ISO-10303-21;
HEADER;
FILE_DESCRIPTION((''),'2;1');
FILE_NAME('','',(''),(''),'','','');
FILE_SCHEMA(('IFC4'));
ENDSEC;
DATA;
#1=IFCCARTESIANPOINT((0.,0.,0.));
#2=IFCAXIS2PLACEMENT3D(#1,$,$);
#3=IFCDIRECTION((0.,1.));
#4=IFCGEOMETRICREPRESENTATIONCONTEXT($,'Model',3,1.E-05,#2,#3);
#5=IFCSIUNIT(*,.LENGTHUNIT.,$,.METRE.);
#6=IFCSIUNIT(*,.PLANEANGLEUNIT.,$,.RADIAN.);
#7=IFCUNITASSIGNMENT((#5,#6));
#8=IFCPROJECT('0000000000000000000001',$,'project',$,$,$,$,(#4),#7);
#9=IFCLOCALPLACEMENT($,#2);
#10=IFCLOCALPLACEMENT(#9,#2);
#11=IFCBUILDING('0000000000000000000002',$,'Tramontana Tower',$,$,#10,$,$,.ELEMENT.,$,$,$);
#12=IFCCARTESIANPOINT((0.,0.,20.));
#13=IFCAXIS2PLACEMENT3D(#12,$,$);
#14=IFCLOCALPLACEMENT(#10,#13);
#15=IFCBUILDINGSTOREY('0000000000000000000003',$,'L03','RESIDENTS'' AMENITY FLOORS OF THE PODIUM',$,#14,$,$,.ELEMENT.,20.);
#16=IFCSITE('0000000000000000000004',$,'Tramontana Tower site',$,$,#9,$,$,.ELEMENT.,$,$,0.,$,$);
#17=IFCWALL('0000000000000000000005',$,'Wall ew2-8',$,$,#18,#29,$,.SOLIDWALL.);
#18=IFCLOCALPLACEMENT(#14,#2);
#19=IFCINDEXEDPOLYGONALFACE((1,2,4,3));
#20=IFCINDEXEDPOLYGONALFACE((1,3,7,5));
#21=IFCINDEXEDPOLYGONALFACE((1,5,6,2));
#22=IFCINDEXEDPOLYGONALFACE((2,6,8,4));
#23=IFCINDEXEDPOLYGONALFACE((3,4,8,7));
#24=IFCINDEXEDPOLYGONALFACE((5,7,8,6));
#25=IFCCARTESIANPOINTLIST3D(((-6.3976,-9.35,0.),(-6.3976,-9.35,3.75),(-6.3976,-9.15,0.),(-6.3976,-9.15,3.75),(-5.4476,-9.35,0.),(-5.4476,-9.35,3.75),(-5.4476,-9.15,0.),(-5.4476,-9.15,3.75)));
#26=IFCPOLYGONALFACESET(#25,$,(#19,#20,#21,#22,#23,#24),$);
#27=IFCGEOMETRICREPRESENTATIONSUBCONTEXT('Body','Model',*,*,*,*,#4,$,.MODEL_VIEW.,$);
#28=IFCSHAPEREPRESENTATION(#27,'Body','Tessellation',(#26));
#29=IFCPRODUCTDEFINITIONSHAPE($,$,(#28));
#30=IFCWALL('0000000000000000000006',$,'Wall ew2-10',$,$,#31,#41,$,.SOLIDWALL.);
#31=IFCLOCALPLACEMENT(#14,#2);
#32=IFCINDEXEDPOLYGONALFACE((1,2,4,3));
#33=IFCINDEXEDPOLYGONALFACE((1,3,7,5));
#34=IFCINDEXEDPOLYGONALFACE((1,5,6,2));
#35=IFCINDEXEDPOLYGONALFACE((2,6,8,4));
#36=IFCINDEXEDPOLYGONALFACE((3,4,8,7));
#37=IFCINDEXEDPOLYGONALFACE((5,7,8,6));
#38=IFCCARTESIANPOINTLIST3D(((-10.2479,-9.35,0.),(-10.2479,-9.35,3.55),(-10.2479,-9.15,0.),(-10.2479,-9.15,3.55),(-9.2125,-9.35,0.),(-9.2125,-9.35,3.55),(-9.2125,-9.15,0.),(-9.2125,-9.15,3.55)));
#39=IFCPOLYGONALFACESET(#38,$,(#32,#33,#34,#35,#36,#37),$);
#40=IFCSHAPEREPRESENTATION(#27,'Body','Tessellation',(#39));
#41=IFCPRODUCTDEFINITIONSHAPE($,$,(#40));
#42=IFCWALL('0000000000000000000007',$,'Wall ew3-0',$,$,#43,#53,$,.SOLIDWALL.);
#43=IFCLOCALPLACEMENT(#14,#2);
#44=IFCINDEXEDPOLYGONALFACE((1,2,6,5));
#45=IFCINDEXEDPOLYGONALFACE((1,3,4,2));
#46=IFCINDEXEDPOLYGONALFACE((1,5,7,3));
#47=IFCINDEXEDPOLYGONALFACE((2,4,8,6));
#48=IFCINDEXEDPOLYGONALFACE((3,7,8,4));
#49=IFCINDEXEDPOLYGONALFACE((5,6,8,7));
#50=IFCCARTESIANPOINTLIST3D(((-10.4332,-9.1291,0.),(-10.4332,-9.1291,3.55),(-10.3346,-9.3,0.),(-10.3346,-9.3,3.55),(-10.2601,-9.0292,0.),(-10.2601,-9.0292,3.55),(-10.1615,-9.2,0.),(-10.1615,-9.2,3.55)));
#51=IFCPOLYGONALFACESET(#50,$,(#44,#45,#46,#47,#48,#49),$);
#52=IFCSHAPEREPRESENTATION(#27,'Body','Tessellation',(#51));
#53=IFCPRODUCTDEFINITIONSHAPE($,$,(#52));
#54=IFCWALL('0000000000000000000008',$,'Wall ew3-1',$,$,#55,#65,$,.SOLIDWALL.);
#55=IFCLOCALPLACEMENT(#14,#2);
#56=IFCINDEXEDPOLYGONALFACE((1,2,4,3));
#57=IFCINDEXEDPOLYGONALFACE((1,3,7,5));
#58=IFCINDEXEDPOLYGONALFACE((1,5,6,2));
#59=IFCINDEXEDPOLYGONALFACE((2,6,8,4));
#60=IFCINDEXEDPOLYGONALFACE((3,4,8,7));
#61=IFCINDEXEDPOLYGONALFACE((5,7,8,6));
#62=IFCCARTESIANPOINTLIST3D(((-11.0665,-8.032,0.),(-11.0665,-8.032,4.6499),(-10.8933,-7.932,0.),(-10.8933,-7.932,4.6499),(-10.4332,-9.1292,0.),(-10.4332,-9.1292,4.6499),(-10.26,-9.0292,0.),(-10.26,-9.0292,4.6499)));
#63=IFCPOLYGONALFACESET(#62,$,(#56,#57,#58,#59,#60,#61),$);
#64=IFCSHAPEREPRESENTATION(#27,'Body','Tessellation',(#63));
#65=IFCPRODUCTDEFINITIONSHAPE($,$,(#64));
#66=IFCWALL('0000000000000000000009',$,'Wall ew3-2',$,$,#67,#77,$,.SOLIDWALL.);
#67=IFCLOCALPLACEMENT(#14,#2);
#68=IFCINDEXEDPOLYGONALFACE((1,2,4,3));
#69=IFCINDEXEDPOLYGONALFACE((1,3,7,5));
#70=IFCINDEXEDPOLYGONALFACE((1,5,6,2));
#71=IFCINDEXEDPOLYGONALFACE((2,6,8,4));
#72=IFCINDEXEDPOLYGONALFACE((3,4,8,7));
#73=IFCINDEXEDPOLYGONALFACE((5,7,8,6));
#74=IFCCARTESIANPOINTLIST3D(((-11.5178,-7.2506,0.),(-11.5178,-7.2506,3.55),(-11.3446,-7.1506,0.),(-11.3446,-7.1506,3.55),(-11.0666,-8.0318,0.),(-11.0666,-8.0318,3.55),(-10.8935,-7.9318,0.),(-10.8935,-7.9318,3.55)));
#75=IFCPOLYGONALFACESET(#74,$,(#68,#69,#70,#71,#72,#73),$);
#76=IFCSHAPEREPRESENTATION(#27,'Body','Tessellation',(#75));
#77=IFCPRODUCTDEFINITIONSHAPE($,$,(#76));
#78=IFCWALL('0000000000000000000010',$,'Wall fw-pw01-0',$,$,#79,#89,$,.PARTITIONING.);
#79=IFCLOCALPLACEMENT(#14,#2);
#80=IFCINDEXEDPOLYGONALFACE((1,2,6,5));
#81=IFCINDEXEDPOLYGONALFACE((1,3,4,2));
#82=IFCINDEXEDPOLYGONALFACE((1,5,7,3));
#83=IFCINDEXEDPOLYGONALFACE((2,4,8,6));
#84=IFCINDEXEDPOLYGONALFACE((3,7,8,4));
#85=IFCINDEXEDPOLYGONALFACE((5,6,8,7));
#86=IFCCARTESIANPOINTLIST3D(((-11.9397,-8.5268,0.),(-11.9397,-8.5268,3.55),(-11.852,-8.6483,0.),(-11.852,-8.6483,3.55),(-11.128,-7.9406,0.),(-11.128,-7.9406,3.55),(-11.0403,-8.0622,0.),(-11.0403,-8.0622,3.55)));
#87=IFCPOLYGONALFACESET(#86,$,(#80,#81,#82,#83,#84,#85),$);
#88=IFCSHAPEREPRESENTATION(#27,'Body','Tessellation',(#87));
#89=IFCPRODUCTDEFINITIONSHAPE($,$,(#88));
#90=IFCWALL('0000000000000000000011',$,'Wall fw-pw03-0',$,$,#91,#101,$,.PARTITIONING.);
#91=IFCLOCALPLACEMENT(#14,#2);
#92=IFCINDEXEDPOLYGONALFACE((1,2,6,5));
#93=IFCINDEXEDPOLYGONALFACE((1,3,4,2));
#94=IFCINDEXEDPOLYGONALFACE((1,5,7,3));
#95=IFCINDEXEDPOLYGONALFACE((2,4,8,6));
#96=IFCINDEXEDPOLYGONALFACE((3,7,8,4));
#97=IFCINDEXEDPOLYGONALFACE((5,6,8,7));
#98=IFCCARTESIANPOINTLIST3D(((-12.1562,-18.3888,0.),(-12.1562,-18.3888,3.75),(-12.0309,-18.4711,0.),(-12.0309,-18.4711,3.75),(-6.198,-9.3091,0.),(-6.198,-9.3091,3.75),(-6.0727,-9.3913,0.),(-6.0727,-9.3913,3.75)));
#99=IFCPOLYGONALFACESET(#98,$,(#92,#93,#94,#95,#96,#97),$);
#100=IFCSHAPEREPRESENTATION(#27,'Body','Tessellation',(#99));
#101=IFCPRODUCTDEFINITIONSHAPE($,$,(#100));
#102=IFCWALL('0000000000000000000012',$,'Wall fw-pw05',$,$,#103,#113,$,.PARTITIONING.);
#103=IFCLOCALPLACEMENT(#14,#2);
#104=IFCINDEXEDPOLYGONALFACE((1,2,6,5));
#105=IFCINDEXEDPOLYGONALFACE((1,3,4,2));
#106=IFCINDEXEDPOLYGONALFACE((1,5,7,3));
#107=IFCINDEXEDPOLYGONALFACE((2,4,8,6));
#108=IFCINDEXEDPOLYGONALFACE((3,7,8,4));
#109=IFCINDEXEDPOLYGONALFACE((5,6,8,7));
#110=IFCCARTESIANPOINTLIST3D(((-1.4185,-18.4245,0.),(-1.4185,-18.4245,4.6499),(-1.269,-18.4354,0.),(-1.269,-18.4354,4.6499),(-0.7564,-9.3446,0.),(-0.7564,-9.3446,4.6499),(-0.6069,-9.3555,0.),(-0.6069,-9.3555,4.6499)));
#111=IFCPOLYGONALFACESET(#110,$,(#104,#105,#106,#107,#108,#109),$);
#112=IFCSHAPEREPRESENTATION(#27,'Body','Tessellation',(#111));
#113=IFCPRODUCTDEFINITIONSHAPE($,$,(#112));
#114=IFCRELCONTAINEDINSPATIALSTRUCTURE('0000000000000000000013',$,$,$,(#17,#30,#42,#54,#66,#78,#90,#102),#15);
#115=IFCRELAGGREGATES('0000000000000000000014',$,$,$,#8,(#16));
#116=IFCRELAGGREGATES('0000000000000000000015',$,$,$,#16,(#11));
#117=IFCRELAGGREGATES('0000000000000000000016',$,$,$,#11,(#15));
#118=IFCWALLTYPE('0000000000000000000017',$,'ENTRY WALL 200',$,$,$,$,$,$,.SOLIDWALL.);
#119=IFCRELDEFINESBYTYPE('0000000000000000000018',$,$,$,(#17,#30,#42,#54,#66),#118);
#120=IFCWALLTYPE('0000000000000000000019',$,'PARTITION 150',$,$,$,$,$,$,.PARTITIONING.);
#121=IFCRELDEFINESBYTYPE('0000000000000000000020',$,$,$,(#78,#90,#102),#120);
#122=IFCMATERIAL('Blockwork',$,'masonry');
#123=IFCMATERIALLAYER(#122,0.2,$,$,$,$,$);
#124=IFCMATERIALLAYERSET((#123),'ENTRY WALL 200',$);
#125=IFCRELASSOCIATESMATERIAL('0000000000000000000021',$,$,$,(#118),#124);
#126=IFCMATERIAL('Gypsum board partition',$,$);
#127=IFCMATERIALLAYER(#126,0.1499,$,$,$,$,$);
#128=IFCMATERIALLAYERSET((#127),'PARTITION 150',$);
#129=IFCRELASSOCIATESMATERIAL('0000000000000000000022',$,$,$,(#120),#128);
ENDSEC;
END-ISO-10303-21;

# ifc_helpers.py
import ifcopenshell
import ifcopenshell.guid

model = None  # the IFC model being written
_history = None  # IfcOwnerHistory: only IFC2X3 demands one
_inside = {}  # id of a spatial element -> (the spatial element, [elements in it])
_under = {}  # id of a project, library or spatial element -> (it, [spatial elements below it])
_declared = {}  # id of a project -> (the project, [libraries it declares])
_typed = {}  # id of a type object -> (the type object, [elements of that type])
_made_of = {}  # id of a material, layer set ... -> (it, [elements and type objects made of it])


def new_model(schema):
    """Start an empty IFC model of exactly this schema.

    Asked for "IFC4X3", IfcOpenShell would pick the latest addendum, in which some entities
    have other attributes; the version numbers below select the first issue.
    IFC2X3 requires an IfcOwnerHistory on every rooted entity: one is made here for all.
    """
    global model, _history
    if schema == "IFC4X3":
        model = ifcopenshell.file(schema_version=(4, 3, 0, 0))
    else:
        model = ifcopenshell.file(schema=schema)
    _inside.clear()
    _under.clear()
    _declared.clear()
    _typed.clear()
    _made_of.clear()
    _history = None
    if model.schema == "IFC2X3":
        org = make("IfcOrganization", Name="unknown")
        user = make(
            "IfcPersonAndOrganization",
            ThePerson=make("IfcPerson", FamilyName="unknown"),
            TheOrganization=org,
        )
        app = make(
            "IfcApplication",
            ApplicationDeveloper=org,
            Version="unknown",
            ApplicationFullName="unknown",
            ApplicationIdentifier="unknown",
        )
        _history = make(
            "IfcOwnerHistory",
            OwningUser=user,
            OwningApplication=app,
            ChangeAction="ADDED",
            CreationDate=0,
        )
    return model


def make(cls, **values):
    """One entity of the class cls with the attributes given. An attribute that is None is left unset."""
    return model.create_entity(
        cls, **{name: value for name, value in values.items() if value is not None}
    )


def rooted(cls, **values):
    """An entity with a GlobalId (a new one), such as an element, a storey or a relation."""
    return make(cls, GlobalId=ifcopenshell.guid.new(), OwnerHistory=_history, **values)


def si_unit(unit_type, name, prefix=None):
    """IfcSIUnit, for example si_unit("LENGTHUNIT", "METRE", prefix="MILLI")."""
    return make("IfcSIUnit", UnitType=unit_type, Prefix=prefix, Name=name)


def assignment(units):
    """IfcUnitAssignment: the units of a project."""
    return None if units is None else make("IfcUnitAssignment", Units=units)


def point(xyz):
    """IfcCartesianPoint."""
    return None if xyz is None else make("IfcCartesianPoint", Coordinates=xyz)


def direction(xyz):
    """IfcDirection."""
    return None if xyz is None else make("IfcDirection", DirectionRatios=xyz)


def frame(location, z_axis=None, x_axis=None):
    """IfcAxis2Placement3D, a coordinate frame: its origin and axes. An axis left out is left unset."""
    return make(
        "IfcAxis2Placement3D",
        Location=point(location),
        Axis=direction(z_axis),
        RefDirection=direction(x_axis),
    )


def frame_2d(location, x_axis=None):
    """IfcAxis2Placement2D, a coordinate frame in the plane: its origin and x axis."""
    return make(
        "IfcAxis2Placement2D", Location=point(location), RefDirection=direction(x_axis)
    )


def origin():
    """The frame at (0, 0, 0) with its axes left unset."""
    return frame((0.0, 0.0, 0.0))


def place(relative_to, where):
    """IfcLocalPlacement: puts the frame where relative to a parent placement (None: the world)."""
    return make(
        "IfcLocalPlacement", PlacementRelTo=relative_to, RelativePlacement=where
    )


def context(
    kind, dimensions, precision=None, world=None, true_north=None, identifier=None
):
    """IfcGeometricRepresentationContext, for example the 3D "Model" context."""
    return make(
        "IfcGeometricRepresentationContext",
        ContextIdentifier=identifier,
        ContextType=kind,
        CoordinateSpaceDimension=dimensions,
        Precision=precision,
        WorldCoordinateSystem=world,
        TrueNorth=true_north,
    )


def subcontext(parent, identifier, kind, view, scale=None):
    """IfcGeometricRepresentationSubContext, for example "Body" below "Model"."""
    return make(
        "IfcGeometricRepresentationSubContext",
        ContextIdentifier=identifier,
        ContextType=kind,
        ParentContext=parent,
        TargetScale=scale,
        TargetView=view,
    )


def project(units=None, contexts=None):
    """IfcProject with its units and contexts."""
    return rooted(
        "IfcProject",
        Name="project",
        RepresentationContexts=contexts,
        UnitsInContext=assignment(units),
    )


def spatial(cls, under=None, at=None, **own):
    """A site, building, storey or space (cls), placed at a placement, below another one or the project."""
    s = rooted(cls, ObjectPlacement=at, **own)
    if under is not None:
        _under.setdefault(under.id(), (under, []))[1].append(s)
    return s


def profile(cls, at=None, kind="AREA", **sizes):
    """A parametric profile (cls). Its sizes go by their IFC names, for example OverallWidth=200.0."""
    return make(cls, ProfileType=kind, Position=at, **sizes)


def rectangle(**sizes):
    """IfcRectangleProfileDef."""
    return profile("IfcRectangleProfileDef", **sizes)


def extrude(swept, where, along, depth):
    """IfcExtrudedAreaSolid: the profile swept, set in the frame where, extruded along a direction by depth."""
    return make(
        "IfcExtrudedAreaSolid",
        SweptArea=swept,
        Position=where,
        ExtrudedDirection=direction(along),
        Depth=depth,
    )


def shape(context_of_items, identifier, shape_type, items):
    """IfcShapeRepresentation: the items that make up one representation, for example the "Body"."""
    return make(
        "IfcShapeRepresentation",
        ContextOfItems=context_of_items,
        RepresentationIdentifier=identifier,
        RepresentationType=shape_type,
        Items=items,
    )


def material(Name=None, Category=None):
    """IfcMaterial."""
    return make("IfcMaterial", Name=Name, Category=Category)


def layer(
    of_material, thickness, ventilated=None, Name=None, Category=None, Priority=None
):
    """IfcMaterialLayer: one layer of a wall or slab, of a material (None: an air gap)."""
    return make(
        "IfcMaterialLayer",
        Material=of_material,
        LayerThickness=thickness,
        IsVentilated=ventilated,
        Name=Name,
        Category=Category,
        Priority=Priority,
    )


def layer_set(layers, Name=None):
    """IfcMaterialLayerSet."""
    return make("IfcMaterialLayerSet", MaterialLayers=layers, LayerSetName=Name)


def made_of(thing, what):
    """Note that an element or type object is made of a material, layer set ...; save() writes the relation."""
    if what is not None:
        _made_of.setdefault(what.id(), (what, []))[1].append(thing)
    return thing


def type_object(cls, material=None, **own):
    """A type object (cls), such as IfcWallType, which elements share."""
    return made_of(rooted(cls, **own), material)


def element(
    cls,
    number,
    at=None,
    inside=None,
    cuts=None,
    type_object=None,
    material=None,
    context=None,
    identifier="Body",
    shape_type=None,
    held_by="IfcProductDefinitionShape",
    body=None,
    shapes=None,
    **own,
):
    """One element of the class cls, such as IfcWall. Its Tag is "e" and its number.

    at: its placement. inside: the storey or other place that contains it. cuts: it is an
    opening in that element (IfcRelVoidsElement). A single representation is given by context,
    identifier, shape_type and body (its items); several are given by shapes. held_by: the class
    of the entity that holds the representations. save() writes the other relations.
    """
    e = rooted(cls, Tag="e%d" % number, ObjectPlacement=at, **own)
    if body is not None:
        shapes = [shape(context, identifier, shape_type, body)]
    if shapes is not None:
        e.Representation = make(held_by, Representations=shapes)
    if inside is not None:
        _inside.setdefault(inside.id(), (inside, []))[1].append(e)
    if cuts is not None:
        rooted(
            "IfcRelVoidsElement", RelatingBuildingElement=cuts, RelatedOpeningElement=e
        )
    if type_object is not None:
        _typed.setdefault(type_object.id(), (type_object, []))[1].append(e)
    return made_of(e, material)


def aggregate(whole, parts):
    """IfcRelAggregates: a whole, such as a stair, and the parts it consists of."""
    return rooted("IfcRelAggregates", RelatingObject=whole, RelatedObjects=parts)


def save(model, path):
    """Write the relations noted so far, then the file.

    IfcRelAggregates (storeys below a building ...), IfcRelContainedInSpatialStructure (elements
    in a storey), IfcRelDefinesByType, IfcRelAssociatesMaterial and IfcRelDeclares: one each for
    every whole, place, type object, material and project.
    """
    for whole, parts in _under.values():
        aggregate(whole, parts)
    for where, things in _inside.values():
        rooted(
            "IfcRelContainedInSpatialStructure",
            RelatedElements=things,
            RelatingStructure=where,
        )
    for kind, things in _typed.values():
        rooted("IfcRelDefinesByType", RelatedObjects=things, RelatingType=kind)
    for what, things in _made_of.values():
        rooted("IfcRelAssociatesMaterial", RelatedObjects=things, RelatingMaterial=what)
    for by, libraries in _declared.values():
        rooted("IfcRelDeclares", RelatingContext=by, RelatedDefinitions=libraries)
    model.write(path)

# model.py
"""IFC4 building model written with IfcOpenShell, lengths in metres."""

from ifc_helpers import new_model, si_unit, direction, frame, frame_2d, origin, place, context, subcontext, project, spatial, rectangle, extrude, material, layer, layer_set, type_object, element, save


model = new_model("IFC4")

# Units and contexts
model_context = context("Model", 3, precision=1e-05, world=origin(), true_north=direction((0.0, 1.0)))
body_context = subcontext(model_context, "Body", "Model", "MODEL_VIEW")
ifc_project = project(units=[si_unit("LENGTHUNIT", "METRE"), si_unit("PLANEANGLEUNIT", "RADIAN")], contexts=[model_context])

# Site, building, storey
site_placement = place(None, origin())
site = spatial("IfcSite", under=ifc_project, at=site_placement, Name="Tramontana Tower site", CompositionType="ELEMENT", RefElevation=0.0)
building_placement = place(site_placement, origin())
building = spatial("IfcBuilding", under=site, at=building_placement, Name="Tramontana Tower", CompositionType="ELEMENT")
storey_placement = place(building_placement, frame((0.0, 0.0, 20.0)))
storey = spatial("IfcBuildingStorey", under=building, at=storey_placement, Name="L03", Description="RESIDENTS' AMENITY FLOORS OF THE PODIUM", CompositionType="ELEMENT", Elevation=20.0)

# Shared definitions
ifc_material_1 = material(Name="Blockwork", Category="masonry")
ifc_layer_1 = layer(ifc_material_1, 0.2)
ifc_layer_set_1 = layer_set([ifc_layer_1], Name="ENTRY WALL 200")
wall_type_1 = type_object("IfcWallType", Name="ENTRY WALL 200", PredefinedType="SOLIDWALL", material=ifc_layer_set_1)

# Wall
wall_1_placement = place(storey_placement, frame((-5.4475, -9.25, 0.0), z_axis=(0.0, 0.0, 1.0), x_axis=(-1.0, 0.0, 0.0)))
element("IfcWall", 1, at=wall_1_placement, inside=storey, type_object=wall_type_1, Name="Wall ew2-8", PredefinedType="SOLIDWALL", context=body_context, shape_type="SweptSolid", body=[
    extrude(rectangle(XDim=0.95, YDim=0.2, at=frame_2d((0.4751, 0.0))), origin(), (0.0, 0.0, 1.0), 3.75),
])

# Walls
wall_2_placement = place(storey_placement, frame((-9.2126, -9.25, 0.0), z_axis=(0.0, 0.0, 1.0), x_axis=(-1.0, 0.0, 0.0)))
element("IfcWall", 2, at=wall_2_placement, inside=storey, type_object=wall_type_1, Name="Wall ew2-10", PredefinedType="SOLIDWALL", context=body_context, shape_type="SweptSolid", body=[
    extrude(rectangle(XDim=1.0354, YDim=0.2, at=frame_2d((0.5176, 0.0))), origin(), (0.0, 0.0, 1.0), 3.55),
])
wall_3_placement = place(storey_placement, frame((-10.248, -9.25, 0.0), z_axis=(0.0, 0.0, 1.0), x_axis=(-0.499865, 0.866103, 0.0)))
element("IfcWall", 3, at=wall_3_placement, inside=storey, type_object=wall_type_1, Name="Wall ew3-0", PredefinedType="SOLIDWALL", context=body_context, shape_type="SweptSolid", body=[
    extrude(rectangle(XDim=0.1973, YDim=0.2, at=frame_2d((0.0986, 0.0))), origin(), (0.0, 0.0, 1.0), 3.55),
])
wall_4_placement = place(storey_placement, frame((-10.3467, -9.0791, 0.0), z_axis=(0.0, 0.0, 1.0), x_axis=(-0.499912, 0.866076, 0.0)))
element("IfcWall", 4, at=wall_4_placement, inside=storey, type_object=wall_type_1, Name="Wall ew3-1", PredefinedType="SOLIDWALL", context=body_context, shape_type="SweptSolid", body=[
    extrude(rectangle(XDim=1.2668, YDim=0.2, at=frame_2d((0.6333, 0.0))), origin(), (0.0, 0.0, 1.0), 4.6499),
])
wall_5_placement = place(storey_placement, frame((-10.98, -7.9819, 0.0), z_axis=(0.0, 0.0, 1.0), x_axis=(-0.500097, 0.865969, 0.0)))
element("IfcWall", 5, at=wall_5_placement, inside=storey, type_object=wall_type_1, Name="Wall ew3-2", PredefinedType="SOLIDWALL", context=body_context, shape_type="SweptSolid", body=[
    extrude(rectangle(XDim=0.9021, YDim=0.2, at=frame_2d((0.4512, 0.0))), origin(), (0.0, 0.0, 1.0), 3.55),
])
ifc_material_2 = material(Name="Gypsum board partition")
ifc_layer_2 = layer(ifc_material_2, 0.1499)
ifc_layer_set_2 = layer_set([ifc_layer_2], Name="PARTITION 150")
wall_type_2 = type_object("IfcWallType", Name="PARTITION 150", PredefinedType="PARTITIONING", material=ifc_layer_set_2)
wall_6_placement = place(storey_placement, frame((-11.0842, -8.0015, 0.0), z_axis=(0.0, 0.0, 1.0), x_axis=(-0.810724, -0.585428, 0.0)))
element("IfcWall", 6, at=wall_6_placement, inside=storey, type_object=wall_type_2, Name="Wall fw-pw01-0", PredefinedType="PARTITIONING", context=body_context, shape_type="SweptSolid", body=[
    extrude(rectangle(XDim=1.0012, YDim=0.1499, at=frame_2d((0.5005, 0.0))), origin(), (0.0, 0.0, 1.0), 3.55),
])
wall_7_placement = place(storey_placement, frame((-6.1353, -9.3501, 0.0), z_axis=(0.0, 0.0, 1.0), x_axis=(-0.548631, -0.836064, 0.0)))
element("IfcWall", 7, at=wall_7_placement, inside=storey, type_object=wall_type_2, Name="Wall fw-pw03-0", PredefinedType="PARTITIONING", context=body_context, shape_type="SweptSolid", body=[
    extrude(rectangle(XDim=10.8601, YDim=0.1499, at=frame_2d((5.4302, 0.0))), origin(), (0.0, 0.0, 1.0), 3.75),
])
wall_8_placement = place(storey_placement, frame((-0.6816, -9.3501, 0.0), z_axis=(0.0, 0.0, 1.0), x_axis=(-0.072728, -0.997352, 0.0)))
element("IfcWall", 8, at=wall_8_placement, inside=storey, type_object=wall_type_2, Name="Wall fw-pw05", PredefinedType="PARTITIONING", context=body_context, shape_type="SweptSolid", body=[
    extrude(rectangle(XDim=9.104, YDim=0.1499, at=frame_2d((4.552, 0.0))), origin(), (0.0, 0.0, 1.0), 4.6499),
])

save(model, "model.ifc")
